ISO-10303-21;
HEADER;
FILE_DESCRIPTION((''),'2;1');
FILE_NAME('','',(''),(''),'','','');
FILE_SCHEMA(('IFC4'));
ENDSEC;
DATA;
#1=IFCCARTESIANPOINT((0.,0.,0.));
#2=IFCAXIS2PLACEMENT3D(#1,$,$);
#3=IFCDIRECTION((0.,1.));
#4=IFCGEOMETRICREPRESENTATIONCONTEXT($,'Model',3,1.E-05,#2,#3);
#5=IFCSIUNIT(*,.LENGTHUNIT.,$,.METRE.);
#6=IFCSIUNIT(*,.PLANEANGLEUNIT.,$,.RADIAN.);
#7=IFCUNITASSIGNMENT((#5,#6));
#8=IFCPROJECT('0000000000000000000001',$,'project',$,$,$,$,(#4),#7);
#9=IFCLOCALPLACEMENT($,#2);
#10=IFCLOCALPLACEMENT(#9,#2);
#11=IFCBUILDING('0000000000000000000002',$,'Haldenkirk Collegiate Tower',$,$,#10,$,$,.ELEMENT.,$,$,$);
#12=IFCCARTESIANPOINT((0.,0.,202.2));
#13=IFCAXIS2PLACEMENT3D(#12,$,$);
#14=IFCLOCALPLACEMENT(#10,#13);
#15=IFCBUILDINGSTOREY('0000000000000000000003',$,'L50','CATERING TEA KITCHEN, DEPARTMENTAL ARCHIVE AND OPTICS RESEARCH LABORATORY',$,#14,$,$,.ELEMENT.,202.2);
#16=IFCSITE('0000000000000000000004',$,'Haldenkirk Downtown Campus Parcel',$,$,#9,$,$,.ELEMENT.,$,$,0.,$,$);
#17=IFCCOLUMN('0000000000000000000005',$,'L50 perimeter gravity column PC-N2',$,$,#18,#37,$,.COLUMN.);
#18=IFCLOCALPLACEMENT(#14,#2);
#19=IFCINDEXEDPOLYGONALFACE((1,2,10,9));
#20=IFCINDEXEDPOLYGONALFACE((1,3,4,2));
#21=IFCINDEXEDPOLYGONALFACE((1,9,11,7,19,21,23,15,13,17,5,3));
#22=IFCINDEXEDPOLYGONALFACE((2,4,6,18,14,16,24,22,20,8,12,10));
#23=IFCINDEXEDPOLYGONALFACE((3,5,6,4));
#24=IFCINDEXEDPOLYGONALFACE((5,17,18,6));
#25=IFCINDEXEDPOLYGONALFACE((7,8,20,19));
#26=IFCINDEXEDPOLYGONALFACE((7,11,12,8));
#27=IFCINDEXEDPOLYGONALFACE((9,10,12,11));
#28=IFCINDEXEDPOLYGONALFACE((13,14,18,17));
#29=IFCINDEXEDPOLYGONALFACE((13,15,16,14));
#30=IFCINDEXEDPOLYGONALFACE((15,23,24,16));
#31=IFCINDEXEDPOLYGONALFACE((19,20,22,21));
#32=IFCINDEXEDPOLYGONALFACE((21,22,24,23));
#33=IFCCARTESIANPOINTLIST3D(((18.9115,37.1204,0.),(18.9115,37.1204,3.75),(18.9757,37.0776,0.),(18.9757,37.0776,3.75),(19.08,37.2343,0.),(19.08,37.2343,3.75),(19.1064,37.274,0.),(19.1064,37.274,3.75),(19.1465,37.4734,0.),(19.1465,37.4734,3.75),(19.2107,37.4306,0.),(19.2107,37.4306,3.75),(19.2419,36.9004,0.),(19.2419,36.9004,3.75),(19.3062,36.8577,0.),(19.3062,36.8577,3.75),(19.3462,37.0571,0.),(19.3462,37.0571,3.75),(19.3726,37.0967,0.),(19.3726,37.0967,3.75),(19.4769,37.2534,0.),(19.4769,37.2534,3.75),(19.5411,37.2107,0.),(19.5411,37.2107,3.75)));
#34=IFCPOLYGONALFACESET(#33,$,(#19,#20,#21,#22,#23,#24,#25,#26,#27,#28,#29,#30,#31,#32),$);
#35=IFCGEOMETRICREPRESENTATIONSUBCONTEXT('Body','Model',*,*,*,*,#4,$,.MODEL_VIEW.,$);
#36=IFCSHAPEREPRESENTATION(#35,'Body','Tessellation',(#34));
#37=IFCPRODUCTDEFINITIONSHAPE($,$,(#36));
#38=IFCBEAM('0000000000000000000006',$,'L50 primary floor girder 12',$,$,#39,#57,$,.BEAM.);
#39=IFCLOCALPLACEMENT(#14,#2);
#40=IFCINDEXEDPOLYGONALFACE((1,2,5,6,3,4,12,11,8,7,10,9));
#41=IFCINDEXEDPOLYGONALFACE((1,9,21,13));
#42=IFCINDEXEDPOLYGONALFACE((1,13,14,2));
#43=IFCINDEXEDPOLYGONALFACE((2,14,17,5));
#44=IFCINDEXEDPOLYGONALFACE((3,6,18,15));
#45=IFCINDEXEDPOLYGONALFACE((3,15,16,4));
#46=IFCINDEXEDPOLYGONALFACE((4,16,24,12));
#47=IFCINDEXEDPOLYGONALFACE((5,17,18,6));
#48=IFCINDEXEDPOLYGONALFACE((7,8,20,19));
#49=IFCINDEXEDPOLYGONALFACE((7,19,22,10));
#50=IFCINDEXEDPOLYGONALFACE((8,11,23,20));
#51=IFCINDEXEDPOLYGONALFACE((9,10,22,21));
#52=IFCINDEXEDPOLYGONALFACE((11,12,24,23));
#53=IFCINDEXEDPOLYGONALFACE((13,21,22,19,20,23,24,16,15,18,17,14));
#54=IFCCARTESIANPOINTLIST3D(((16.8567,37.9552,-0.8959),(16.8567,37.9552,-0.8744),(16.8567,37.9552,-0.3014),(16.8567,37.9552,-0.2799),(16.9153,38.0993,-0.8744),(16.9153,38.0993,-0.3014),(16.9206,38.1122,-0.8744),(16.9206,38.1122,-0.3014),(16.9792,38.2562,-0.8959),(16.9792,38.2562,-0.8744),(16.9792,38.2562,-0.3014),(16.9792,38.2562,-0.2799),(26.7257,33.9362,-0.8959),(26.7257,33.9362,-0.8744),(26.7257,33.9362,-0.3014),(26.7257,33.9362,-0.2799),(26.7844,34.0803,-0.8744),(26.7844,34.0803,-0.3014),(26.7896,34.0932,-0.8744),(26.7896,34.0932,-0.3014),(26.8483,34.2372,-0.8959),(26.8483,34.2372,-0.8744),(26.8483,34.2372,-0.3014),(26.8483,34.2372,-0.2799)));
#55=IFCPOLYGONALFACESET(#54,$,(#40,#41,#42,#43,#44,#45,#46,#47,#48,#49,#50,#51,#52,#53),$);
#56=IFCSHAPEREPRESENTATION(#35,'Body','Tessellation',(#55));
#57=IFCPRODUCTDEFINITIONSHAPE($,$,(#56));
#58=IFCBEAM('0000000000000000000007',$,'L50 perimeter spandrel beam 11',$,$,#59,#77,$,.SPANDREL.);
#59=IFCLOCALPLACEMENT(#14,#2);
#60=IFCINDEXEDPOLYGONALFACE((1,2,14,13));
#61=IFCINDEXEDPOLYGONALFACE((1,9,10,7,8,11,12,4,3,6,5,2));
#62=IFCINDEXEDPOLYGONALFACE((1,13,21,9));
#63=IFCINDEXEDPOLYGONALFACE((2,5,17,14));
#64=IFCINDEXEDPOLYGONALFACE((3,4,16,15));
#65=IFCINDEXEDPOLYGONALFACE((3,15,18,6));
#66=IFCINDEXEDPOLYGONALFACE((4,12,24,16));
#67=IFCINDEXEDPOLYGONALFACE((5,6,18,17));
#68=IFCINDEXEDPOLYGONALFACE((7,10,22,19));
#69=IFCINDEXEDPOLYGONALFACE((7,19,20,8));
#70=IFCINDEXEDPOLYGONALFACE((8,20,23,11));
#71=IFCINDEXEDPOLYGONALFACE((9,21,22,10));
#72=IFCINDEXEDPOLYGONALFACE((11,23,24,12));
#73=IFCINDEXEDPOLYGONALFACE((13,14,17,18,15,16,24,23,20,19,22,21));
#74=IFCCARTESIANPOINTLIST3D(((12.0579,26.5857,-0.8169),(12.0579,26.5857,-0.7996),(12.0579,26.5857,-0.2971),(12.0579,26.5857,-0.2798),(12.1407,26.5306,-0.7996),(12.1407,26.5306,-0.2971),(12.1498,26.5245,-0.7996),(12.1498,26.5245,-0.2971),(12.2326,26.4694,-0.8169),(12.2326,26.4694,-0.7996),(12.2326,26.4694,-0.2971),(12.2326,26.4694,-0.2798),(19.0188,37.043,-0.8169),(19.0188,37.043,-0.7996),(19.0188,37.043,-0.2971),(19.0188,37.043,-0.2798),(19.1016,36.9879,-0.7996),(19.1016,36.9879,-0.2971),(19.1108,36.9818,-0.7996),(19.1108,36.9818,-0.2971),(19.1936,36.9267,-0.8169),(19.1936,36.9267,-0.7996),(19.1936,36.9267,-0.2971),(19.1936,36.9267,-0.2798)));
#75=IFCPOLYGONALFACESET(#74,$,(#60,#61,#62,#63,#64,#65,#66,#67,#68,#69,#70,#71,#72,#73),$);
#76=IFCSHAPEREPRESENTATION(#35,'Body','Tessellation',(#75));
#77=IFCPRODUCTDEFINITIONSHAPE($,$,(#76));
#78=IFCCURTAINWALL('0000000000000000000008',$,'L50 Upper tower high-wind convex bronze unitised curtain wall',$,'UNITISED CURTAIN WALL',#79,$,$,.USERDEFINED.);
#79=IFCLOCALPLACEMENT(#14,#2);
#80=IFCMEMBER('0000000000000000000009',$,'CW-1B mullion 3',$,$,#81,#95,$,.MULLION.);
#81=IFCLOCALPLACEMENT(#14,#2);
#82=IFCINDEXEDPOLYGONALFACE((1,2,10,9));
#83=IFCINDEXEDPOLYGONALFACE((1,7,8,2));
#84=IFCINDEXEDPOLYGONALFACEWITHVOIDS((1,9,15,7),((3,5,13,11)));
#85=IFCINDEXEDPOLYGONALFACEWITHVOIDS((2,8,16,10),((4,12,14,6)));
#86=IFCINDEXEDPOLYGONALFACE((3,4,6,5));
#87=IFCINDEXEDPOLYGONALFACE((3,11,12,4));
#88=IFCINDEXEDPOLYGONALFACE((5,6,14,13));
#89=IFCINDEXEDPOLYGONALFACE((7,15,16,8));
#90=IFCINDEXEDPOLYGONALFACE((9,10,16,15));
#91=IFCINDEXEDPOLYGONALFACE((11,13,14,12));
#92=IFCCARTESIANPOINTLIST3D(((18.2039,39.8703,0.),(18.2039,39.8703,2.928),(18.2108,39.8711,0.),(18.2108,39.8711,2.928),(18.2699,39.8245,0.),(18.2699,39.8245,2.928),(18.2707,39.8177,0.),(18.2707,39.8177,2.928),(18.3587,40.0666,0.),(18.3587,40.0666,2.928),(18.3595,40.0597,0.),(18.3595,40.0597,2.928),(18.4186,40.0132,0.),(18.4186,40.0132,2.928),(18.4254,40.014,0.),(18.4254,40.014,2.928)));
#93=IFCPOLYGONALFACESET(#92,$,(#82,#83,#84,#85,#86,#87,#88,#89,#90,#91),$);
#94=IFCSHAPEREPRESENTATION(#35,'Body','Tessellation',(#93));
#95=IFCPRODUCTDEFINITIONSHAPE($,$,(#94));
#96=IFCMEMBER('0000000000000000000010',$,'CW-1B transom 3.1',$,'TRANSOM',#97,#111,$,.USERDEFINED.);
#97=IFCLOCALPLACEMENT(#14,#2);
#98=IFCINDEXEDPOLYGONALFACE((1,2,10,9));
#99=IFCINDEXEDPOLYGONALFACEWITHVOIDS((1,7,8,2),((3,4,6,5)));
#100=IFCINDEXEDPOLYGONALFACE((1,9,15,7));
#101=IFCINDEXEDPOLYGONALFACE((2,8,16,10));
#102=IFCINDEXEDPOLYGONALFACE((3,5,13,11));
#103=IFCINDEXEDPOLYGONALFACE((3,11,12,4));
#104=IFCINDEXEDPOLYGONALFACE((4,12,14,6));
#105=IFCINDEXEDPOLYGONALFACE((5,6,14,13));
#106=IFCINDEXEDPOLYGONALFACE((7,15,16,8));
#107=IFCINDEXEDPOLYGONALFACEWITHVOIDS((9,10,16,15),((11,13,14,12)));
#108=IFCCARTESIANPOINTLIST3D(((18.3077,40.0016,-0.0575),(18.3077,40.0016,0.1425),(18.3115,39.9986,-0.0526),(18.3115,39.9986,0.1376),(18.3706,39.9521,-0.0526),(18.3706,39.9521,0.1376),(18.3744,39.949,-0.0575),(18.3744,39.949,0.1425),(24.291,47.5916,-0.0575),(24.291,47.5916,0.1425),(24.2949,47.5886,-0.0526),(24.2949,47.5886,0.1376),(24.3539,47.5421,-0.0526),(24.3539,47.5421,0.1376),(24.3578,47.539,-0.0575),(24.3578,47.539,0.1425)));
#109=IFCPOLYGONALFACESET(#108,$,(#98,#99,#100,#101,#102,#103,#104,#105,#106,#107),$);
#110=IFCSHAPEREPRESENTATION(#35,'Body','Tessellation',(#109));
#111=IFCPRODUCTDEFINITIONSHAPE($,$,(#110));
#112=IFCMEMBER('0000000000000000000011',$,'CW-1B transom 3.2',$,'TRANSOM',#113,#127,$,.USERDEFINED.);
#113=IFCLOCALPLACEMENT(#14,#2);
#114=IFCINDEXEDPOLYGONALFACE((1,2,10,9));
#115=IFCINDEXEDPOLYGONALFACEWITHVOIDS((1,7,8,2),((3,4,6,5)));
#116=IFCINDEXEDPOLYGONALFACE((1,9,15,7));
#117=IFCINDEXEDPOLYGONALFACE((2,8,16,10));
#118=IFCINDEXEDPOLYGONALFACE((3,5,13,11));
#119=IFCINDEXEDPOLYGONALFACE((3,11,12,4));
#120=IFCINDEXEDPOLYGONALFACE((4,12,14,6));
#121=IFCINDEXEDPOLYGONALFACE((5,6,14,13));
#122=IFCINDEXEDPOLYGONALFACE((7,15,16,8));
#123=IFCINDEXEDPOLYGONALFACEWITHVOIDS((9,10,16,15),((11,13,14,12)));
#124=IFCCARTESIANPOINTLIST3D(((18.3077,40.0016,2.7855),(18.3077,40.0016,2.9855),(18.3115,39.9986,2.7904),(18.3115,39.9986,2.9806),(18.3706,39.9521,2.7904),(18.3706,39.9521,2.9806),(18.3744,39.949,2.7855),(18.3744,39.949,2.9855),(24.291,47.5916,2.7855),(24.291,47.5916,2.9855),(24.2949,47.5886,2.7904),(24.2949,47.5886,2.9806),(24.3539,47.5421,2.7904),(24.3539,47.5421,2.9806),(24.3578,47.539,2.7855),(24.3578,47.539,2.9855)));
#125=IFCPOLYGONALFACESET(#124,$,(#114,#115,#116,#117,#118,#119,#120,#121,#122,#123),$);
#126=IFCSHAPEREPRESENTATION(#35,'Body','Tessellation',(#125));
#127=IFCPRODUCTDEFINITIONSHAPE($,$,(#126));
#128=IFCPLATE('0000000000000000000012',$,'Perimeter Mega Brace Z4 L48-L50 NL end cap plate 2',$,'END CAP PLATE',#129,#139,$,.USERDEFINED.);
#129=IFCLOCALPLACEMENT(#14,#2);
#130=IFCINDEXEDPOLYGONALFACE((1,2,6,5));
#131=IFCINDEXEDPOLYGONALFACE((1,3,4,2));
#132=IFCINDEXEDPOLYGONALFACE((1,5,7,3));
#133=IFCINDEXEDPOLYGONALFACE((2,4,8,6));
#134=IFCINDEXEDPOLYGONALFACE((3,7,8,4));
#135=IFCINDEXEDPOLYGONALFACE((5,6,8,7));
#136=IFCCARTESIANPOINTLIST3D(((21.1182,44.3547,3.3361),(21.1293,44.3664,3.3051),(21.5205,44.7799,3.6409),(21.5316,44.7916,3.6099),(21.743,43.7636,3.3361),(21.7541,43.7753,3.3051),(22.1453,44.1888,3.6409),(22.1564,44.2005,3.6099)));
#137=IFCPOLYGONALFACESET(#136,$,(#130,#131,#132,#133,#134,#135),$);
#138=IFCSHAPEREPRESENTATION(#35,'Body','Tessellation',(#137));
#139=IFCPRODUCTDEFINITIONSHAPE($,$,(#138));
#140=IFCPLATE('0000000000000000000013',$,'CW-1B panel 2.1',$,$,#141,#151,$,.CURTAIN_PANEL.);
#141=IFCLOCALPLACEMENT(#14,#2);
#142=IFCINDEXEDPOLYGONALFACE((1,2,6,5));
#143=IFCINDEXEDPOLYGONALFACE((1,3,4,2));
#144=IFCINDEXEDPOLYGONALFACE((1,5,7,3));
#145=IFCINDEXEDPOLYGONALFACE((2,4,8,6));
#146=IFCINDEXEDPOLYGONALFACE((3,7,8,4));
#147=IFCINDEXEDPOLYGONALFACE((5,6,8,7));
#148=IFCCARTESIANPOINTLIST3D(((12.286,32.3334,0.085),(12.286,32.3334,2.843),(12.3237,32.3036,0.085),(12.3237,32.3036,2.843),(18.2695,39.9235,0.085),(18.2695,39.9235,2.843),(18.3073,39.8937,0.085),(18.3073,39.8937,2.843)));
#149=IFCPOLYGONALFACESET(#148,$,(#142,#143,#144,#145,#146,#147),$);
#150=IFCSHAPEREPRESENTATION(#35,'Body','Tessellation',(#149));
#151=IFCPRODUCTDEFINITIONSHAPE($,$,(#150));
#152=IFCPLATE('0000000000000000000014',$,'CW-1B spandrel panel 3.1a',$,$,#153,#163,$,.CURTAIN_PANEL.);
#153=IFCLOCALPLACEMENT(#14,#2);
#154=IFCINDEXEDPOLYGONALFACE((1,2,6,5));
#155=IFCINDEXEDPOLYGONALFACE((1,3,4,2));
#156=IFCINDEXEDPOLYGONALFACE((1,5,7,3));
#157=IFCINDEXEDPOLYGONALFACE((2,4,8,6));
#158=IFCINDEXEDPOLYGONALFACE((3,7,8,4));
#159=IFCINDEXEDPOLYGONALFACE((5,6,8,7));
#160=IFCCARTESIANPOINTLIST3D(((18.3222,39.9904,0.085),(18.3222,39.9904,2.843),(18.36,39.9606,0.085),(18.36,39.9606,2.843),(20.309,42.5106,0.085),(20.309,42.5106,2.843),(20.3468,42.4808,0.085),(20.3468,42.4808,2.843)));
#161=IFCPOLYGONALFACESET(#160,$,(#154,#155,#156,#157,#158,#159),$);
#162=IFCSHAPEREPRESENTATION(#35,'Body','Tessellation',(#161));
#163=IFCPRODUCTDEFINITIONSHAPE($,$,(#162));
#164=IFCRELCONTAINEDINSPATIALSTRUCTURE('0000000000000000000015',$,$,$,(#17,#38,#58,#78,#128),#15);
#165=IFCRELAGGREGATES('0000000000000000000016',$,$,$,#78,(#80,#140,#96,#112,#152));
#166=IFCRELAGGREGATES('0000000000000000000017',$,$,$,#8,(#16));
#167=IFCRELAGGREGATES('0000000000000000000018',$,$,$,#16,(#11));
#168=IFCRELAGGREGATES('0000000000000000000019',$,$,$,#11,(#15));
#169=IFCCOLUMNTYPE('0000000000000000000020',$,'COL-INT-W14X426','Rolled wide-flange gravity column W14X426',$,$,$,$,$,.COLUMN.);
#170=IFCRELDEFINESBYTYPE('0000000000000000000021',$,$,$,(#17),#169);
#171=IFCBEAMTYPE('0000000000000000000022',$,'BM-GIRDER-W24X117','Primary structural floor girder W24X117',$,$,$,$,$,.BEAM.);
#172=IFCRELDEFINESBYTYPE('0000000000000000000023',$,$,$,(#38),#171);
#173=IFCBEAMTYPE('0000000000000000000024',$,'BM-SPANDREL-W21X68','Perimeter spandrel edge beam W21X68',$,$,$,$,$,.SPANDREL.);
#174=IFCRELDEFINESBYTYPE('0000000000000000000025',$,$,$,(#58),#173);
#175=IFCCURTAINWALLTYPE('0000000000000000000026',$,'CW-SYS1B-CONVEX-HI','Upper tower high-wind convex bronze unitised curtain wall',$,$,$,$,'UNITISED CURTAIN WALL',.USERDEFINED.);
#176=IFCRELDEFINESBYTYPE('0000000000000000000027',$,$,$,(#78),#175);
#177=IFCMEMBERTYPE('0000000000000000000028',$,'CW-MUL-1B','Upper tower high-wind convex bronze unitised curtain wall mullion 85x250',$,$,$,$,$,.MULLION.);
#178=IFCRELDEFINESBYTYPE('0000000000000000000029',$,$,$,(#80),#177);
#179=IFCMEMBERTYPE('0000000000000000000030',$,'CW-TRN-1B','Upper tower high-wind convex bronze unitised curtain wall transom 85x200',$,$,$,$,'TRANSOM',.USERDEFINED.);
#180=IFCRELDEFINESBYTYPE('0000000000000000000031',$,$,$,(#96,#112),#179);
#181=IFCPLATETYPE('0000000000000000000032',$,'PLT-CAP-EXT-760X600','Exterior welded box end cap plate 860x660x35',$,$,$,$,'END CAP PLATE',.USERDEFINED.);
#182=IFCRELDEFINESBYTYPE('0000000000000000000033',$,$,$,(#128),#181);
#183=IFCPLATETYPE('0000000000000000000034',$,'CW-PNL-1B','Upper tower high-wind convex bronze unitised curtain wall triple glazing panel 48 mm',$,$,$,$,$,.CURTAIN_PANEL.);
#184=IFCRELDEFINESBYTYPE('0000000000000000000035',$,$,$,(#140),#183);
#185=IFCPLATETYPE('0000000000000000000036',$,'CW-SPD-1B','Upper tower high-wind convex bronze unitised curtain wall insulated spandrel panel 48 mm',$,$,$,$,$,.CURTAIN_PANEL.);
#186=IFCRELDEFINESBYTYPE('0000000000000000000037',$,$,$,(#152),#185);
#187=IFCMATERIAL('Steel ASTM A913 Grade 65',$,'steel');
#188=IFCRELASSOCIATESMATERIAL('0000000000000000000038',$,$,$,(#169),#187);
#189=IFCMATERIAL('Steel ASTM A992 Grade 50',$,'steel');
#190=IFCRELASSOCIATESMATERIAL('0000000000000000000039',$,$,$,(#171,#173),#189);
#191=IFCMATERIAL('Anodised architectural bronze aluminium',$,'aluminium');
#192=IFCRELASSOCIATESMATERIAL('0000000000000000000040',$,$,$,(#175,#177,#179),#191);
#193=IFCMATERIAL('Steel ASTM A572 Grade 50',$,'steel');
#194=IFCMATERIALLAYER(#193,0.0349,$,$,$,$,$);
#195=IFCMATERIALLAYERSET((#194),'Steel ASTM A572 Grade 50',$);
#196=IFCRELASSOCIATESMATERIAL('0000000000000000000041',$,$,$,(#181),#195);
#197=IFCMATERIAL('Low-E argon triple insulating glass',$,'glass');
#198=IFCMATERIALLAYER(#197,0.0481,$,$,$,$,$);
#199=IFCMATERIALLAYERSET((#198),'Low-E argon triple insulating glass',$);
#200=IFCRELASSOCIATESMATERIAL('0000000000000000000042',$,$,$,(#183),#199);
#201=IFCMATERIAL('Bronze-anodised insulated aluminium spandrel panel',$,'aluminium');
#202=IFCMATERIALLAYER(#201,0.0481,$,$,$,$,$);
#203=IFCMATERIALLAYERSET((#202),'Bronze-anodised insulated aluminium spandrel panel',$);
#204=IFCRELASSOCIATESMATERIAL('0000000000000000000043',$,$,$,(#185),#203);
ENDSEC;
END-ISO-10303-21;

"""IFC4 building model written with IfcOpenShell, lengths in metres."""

from ifc_helpers import new_model, si_unit, direction, frame, origin, origin_2d, place, context, subcontext, project, spatial, rectangle, hollow_rectangle, i_section, extrude, source, transform, mapped, material, layer, layer_set, material_profile, profile_set, type_object, element, aggregate, save


model = new_model("IFC4")

# Units and contexts
model_context = context("Model", 3, precision=1e-05, world=origin(), true_north=direction((0.0, 1.0)))
body_context = subcontext(model_context, "Body", "Model", "MODEL_VIEW")
ifc_project = project(units=[si_unit("LENGTHUNIT", "METRE"), si_unit("PLANEANGLEUNIT", "RADIAN")], contexts=[model_context])

# Site, building, storey
site_placement = place(None, origin())
site = spatial("IfcSite", under=ifc_project, at=site_placement, Name="Haldenkirk Downtown Campus Parcel", CompositionType="ELEMENT", RefElevation=0.0)
building_placement = place(site_placement, origin())
building = spatial("IfcBuilding", under=site, at=building_placement, Name="Haldenkirk Collegiate Tower", CompositionType="ELEMENT")
storey_placement = place(building_placement, frame((0.0, 0.0, 202.2)))
storey = spatial("IfcBuildingStorey", under=building, at=storey_placement, Name="L50", Description="CATERING TEA KITCHEN, DEPARTMENTAL ARCHIVE AND OPTICS RESEARCH LABORATORY", CompositionType="ELEMENT", Elevation=202.2)

# Column
ifc_material_1 = material(Name="Steel ASTM A913 Grade 65", Category="steel")
ifc_material_profile_1 = material_profile(ifc_material_1, i_section(OverallWidth=0.4241, OverallDepth=0.4741, WebThickness=0.0476, FlangeThickness=0.0771, at=origin_2d()), Name="W14X426")
ifc_profile_set_1 = profile_set([ifc_material_profile_1], Name="Steel ASTM A913 Grade 65")
column_type = type_object("IfcColumnType", Name="COL-INT-W14X426", Description="Rolled wide-flange gravity column W14X426", PredefinedType="COLUMN", material=ifc_profile_set_1)
column_placement = place(storey_placement, frame((19.2263, 37.1655, 0.0), z_axis=(0.0, 0.0, 1.0), x_axis=(0.554118, 0.832438, 0.0)))
element("IfcColumn", 1, at=column_placement, inside=storey, type_object=column_type, Name="L50 perimeter gravity column PC-N2", PredefinedType="COLUMN", context=body_context, shape_type="SweptSolid", body=[
    extrude(i_section(OverallWidth=0.4241, OverallDepth=0.4741, WebThickness=0.0476, FlangeThickness=0.0771, at=origin_2d()), origin(), (0.0, 0.0, 1.0), 3.75),
])

# Beams
ifc_material_2 = material(Name="Steel ASTM A992 Grade 50", Category="steel")
ifc_material_profile_2 = material_profile(ifc_material_2, i_section(OverallWidth=0.325, OverallDepth=0.616, WebThickness=0.0139, FlangeThickness=0.0215, at=origin_2d()), Name="W24X117")
ifc_profile_set_2 = profile_set([ifc_material_profile_2], Name="Steel ASTM A992 Grade 50")
beam_type_1 = type_object("IfcBeamType", Name="BM-GIRDER-W24X117", Description="Primary structural floor girder W24X117", PredefinedType="BEAM", material=ifc_profile_set_2)
beam_1_placement = place(storey_placement, frame((16.918, 38.1057, -0.5879), z_axis=(0.926149, -0.377159, 0.0), x_axis=(0.377159, 0.926149, 0.0)))
element("IfcBeam", 2, at=beam_1_placement, inside=storey, type_object=beam_type_1, Name="L50 primary floor girder 12", PredefinedType="BEAM", context=body_context, shape_type="SweptSolid", body=[
    extrude(i_section(OverallWidth=0.325, OverallDepth=0.616, WebThickness=0.0139, FlangeThickness=0.0215, at=origin_2d()), origin(), (0.0, 0.0, 1.0), 10.656),
])
ifc_material_profile_3 = material_profile(ifc_material_2, i_section(OverallWidth=0.21, OverallDepth=0.5371, WebThickness=0.011, FlangeThickness=0.0173, at=origin_2d()), Name="W21X68")
ifc_profile_set_3 = profile_set([ifc_material_profile_3], Name="Steel ASTM A992 Grade 50")
beam_type_2 = type_object("IfcBeamType", Name="BM-SPANDREL-W21X68", Description="Perimeter spandrel edge beam W21X68", PredefinedType="SPANDREL", material=ifc_profile_set_3)
beam_2_placement = place(storey_placement, frame((19.1062, 36.9849, -0.5483), z_axis=(-0.554117, -0.832439, 0.0), x_axis=(0.832439, -0.554117, 0.0)))
element("IfcBeam", 3, at=beam_2_placement, inside=storey, type_object=beam_type_2, Name="L50 perimeter spandrel beam 11", PredefinedType="SPANDREL", context=body_context, shape_type="SweptSolid", body=[
    extrude(i_section(OverallWidth=0.21, OverallDepth=0.5371, WebThickness=0.011, FlangeThickness=0.0173, at=origin_2d()), origin(), (0.0, 0.0, 1.0), 12.5623),
])

# Curtain wall, members
ifc_material_3 = material(Name="Anodised architectural bronze aluminium", Category="aluminium")
curtain_wall_type = type_object("IfcCurtainWallType", Name="CW-SYS1B-CONVEX-HI", Description="Upper tower high-wind convex bronze unitised curtain wall", ElementType="UNITISED CURTAIN WALL", PredefinedType="USERDEFINED", material=ifc_material_3)
curtain_wall_placement = place(storey_placement, origin())
curtain_wall = element("IfcCurtainWall", 4, at=curtain_wall_placement, inside=storey, type_object=curtain_wall_type, Name="L50 Upper tower high-wind convex bronze unitised curtain wall", ObjectType="UNITISED CURTAIN WALL", PredefinedType="USERDEFINED")
ifc_material_profile_4 = material_profile(ifc_material_3, hollow_rectangle(XDim=0.085, YDim=0.25, WallThickness=0.0049, at=origin_2d()), Name="CW-MUL-1B")
ifc_profile_set_4 = profile_set([ifc_material_profile_4], Name="Anodised architectural bronze aluminium")
member_type_1 = type_object("IfcMemberType", Name="CW-MUL-1B", Description="Upper tower high-wind convex bronze unitised curtain wall mullion 85x250", PredefinedType="MULLION", material=ifc_profile_set_4)
member_1_placement = place(storey_placement, frame((18.3147, 39.9421, 0.0), z_axis=(0.0, 0.0, 1.0), x_axis=(-0.785317, 0.619094, 0.0)))
member_1 = element("IfcMember", 5, at=member_1_placement, type_object=member_type_1, Name="CW-1B mullion 3", PredefinedType="MULLION", context=body_context, shape_type="SweptSolid", body=[
    extrude(hollow_rectangle(XDim=0.085, YDim=0.25, WallThickness=0.0049, at=origin_2d()), origin(), (0.0, 0.0, 1.0), 2.928),
])
ifc_material_profile_5 = material_profile(ifc_material_3, hollow_rectangle(XDim=0.085, YDim=0.2, WallThickness=0.0049, at=origin_2d()), Name="CW-TRN-1B")
ifc_profile_set_5 = profile_set([ifc_material_profile_5], Name="Anodised architectural bronze aluminium")
member_type_2 = type_object("IfcMemberType", Name="CW-TRN-1B", Description="Upper tower high-wind convex bronze unitised curtain wall transom 85x200", ElementType="TRANSOM", PredefinedType="USERDEFINED", material=ifc_profile_set_5)
member_2_placement = place(storey_placement, frame((18.3411, 39.9753, 0.0425), z_axis=(0.619085, 0.785324, 0.0), x_axis=(-0.785324, 0.619085, 0.0)))
member_2 = element("IfcMember", 6, at=member_2_placement, type_object=member_type_2, Name="CW-1B transom 3.1", ObjectType="TRANSOM", PredefinedType="USERDEFINED", context=body_context, shape_type="SweptSolid", body=[
    extrude(hollow_rectangle(XDim=0.085, YDim=0.2, WallThickness=0.0049, at=origin_2d()), origin(), (0.0, 0.0, 1.0), 9.6648),
])
member_3_placement = place(storey_placement, frame((18.3411, 39.9753, 2.8855), z_axis=(0.619085, 0.785324, 0.0), x_axis=(-0.785324, 0.619085, 0.0)))
member_3 = element("IfcMember", 7, at=member_3_placement, type_object=member_type_2, Name="CW-1B transom 3.2", ObjectType="TRANSOM", PredefinedType="USERDEFINED", context=body_context, shape_type="SweptSolid", body=[
    extrude(hollow_rectangle(XDim=0.085, YDim=0.2, WallThickness=0.0049, at=origin_2d()), origin(), (0.0, 0.0, 1.0), 9.6648),
])

# Plates
ifc_material_4 = material(Name="Steel ASTM A572 Grade 50", Category="steel")
ifc_layer_1 = layer(ifc_material_4, 0.0349)
ifc_layer_set_1 = layer_set([ifc_layer_1], Name="Steel ASTM A572 Grade 50")
plate_type_1 = type_object("IfcPlateType", Name="PLT-CAP-EXT-760X600", Description="Exterior welded box end cap plate 860x660x35", ElementType="END CAP PLATE", PredefinedType="USERDEFINED", material=ifc_layer_set_1)
shared_shape_1 = source(origin(), body_context, "Body", "SweptSolid", [
    extrude(rectangle(XDim=0.8601, YDim=0.6599, at=origin_2d()), origin(), (0.0, 0.0, 1.0), 0.0349),
])
plate_1_placement = place(storey_placement, frame((21.6428, 44.2834, 3.4575), z_axis=(-0.317404, -0.335495, 0.88696), x_axis=(0.72642, -0.687251, -0.000001)))
element("IfcPlate", 8, at=plate_1_placement, inside=storey, type_object=plate_type_1, Name="Perimeter Mega Brace Z4 L48-L50 NL end cap plate 2", ObjectType="END CAP PLATE", PredefinedType="USERDEFINED", context=body_context, shape_type="MappedRepresentation", body=[
    mapped(shared_shape_1, transform((0.0, 0.0, 0.0), x_axis=(1.0, 0.0, 0.0), y_axis=(0.0, 1.0, 0.0), z_axis=(0.0, 0.0, 1.0), scale=1.0)),
])
ifc_material_5 = material(Name="Low-E argon triple insulating glass", Category="glass")
ifc_layer_2 = layer(ifc_material_5, 0.0481)
ifc_layer_set_2 = layer_set([ifc_layer_2], Name="Low-E argon triple insulating glass")
plate_type_2 = type_object("IfcPlateType", Name="CW-PNL-1B", Description="Upper tower high-wind convex bronze unitised curtain wall triple glazing panel 48 mm", PredefinedType="CURTAIN_PANEL", material=ifc_layer_set_2)
shared_shape_2 = source(origin(), body_context, "Body", "SweptSolid", [
    extrude(rectangle(XDim=9.665, YDim=0.0481, at=origin_2d()), origin(), (0.0, 0.0, 1.0), 2.7581),
])
plate_2_placement = place(storey_placement, frame((15.2966, 36.1135, 0.085), z_axis=(0.0, 0.0, 1.0), x_axis=(0.619094, 0.785317, 0.0)))
plate_2 = element("IfcPlate", 9, at=plate_2_placement, type_object=plate_type_2, Name="CW-1B panel 2.1", PredefinedType="CURTAIN_PANEL", context=body_context, shape_type="MappedRepresentation", body=[
    mapped(shared_shape_2, transform((0.0, 0.0, 0.0), x_axis=(1.0, 0.0, 0.0), y_axis=(0.0, 1.0, 0.0), z_axis=(0.0, 0.0, 1.0), scale=1.0)),
])
ifc_material_6 = material(Name="Bronze-anodised insulated aluminium spandrel panel", Category="aluminium")
ifc_layer_3 = layer(ifc_material_6, 0.0481)
ifc_layer_set_3 = layer_set([ifc_layer_3], Name="Bronze-anodised insulated aluminium spandrel panel")
plate_type_3 = type_object("IfcPlateType", Name="CW-SPD-1B", Description="Upper tower high-wind convex bronze unitised curtain wall insulated spandrel panel 48 mm", PredefinedType="CURTAIN_PANEL", material=ifc_layer_set_3)
shared_shape_3 = source(origin(), body_context, "Body", "SweptSolid", [
    extrude(rectangle(XDim=3.2092, YDim=0.0481, at=origin_2d()), origin(), (0.0, 0.0, 1.0), 2.7581),
])
plate_3_placement = place(storey_placement, frame((19.3345, 41.2356, 0.085), z_axis=(0.0, 0.0, 1.0), x_axis=(0.619094, 0.785317, 0.0)))
plate_3 = element("IfcPlate", 10, at=plate_3_placement, type_object=plate_type_3, Name="CW-1B spandrel panel 3.1a", PredefinedType="CURTAIN_PANEL", context=body_context, shape_type="MappedRepresentation", body=[
    mapped(shared_shape_3, transform((0.0, 0.0, 0.0), x_axis=(1.0, 0.0, 0.0), y_axis=(0.0, 1.0, 0.0), z_axis=(0.0, 0.0, 1.0), scale=1.0)),
])
aggregate(curtain_wall, [member_1, plate_2, member_2, member_3, plate_3])

save(model, "model.ifc")
